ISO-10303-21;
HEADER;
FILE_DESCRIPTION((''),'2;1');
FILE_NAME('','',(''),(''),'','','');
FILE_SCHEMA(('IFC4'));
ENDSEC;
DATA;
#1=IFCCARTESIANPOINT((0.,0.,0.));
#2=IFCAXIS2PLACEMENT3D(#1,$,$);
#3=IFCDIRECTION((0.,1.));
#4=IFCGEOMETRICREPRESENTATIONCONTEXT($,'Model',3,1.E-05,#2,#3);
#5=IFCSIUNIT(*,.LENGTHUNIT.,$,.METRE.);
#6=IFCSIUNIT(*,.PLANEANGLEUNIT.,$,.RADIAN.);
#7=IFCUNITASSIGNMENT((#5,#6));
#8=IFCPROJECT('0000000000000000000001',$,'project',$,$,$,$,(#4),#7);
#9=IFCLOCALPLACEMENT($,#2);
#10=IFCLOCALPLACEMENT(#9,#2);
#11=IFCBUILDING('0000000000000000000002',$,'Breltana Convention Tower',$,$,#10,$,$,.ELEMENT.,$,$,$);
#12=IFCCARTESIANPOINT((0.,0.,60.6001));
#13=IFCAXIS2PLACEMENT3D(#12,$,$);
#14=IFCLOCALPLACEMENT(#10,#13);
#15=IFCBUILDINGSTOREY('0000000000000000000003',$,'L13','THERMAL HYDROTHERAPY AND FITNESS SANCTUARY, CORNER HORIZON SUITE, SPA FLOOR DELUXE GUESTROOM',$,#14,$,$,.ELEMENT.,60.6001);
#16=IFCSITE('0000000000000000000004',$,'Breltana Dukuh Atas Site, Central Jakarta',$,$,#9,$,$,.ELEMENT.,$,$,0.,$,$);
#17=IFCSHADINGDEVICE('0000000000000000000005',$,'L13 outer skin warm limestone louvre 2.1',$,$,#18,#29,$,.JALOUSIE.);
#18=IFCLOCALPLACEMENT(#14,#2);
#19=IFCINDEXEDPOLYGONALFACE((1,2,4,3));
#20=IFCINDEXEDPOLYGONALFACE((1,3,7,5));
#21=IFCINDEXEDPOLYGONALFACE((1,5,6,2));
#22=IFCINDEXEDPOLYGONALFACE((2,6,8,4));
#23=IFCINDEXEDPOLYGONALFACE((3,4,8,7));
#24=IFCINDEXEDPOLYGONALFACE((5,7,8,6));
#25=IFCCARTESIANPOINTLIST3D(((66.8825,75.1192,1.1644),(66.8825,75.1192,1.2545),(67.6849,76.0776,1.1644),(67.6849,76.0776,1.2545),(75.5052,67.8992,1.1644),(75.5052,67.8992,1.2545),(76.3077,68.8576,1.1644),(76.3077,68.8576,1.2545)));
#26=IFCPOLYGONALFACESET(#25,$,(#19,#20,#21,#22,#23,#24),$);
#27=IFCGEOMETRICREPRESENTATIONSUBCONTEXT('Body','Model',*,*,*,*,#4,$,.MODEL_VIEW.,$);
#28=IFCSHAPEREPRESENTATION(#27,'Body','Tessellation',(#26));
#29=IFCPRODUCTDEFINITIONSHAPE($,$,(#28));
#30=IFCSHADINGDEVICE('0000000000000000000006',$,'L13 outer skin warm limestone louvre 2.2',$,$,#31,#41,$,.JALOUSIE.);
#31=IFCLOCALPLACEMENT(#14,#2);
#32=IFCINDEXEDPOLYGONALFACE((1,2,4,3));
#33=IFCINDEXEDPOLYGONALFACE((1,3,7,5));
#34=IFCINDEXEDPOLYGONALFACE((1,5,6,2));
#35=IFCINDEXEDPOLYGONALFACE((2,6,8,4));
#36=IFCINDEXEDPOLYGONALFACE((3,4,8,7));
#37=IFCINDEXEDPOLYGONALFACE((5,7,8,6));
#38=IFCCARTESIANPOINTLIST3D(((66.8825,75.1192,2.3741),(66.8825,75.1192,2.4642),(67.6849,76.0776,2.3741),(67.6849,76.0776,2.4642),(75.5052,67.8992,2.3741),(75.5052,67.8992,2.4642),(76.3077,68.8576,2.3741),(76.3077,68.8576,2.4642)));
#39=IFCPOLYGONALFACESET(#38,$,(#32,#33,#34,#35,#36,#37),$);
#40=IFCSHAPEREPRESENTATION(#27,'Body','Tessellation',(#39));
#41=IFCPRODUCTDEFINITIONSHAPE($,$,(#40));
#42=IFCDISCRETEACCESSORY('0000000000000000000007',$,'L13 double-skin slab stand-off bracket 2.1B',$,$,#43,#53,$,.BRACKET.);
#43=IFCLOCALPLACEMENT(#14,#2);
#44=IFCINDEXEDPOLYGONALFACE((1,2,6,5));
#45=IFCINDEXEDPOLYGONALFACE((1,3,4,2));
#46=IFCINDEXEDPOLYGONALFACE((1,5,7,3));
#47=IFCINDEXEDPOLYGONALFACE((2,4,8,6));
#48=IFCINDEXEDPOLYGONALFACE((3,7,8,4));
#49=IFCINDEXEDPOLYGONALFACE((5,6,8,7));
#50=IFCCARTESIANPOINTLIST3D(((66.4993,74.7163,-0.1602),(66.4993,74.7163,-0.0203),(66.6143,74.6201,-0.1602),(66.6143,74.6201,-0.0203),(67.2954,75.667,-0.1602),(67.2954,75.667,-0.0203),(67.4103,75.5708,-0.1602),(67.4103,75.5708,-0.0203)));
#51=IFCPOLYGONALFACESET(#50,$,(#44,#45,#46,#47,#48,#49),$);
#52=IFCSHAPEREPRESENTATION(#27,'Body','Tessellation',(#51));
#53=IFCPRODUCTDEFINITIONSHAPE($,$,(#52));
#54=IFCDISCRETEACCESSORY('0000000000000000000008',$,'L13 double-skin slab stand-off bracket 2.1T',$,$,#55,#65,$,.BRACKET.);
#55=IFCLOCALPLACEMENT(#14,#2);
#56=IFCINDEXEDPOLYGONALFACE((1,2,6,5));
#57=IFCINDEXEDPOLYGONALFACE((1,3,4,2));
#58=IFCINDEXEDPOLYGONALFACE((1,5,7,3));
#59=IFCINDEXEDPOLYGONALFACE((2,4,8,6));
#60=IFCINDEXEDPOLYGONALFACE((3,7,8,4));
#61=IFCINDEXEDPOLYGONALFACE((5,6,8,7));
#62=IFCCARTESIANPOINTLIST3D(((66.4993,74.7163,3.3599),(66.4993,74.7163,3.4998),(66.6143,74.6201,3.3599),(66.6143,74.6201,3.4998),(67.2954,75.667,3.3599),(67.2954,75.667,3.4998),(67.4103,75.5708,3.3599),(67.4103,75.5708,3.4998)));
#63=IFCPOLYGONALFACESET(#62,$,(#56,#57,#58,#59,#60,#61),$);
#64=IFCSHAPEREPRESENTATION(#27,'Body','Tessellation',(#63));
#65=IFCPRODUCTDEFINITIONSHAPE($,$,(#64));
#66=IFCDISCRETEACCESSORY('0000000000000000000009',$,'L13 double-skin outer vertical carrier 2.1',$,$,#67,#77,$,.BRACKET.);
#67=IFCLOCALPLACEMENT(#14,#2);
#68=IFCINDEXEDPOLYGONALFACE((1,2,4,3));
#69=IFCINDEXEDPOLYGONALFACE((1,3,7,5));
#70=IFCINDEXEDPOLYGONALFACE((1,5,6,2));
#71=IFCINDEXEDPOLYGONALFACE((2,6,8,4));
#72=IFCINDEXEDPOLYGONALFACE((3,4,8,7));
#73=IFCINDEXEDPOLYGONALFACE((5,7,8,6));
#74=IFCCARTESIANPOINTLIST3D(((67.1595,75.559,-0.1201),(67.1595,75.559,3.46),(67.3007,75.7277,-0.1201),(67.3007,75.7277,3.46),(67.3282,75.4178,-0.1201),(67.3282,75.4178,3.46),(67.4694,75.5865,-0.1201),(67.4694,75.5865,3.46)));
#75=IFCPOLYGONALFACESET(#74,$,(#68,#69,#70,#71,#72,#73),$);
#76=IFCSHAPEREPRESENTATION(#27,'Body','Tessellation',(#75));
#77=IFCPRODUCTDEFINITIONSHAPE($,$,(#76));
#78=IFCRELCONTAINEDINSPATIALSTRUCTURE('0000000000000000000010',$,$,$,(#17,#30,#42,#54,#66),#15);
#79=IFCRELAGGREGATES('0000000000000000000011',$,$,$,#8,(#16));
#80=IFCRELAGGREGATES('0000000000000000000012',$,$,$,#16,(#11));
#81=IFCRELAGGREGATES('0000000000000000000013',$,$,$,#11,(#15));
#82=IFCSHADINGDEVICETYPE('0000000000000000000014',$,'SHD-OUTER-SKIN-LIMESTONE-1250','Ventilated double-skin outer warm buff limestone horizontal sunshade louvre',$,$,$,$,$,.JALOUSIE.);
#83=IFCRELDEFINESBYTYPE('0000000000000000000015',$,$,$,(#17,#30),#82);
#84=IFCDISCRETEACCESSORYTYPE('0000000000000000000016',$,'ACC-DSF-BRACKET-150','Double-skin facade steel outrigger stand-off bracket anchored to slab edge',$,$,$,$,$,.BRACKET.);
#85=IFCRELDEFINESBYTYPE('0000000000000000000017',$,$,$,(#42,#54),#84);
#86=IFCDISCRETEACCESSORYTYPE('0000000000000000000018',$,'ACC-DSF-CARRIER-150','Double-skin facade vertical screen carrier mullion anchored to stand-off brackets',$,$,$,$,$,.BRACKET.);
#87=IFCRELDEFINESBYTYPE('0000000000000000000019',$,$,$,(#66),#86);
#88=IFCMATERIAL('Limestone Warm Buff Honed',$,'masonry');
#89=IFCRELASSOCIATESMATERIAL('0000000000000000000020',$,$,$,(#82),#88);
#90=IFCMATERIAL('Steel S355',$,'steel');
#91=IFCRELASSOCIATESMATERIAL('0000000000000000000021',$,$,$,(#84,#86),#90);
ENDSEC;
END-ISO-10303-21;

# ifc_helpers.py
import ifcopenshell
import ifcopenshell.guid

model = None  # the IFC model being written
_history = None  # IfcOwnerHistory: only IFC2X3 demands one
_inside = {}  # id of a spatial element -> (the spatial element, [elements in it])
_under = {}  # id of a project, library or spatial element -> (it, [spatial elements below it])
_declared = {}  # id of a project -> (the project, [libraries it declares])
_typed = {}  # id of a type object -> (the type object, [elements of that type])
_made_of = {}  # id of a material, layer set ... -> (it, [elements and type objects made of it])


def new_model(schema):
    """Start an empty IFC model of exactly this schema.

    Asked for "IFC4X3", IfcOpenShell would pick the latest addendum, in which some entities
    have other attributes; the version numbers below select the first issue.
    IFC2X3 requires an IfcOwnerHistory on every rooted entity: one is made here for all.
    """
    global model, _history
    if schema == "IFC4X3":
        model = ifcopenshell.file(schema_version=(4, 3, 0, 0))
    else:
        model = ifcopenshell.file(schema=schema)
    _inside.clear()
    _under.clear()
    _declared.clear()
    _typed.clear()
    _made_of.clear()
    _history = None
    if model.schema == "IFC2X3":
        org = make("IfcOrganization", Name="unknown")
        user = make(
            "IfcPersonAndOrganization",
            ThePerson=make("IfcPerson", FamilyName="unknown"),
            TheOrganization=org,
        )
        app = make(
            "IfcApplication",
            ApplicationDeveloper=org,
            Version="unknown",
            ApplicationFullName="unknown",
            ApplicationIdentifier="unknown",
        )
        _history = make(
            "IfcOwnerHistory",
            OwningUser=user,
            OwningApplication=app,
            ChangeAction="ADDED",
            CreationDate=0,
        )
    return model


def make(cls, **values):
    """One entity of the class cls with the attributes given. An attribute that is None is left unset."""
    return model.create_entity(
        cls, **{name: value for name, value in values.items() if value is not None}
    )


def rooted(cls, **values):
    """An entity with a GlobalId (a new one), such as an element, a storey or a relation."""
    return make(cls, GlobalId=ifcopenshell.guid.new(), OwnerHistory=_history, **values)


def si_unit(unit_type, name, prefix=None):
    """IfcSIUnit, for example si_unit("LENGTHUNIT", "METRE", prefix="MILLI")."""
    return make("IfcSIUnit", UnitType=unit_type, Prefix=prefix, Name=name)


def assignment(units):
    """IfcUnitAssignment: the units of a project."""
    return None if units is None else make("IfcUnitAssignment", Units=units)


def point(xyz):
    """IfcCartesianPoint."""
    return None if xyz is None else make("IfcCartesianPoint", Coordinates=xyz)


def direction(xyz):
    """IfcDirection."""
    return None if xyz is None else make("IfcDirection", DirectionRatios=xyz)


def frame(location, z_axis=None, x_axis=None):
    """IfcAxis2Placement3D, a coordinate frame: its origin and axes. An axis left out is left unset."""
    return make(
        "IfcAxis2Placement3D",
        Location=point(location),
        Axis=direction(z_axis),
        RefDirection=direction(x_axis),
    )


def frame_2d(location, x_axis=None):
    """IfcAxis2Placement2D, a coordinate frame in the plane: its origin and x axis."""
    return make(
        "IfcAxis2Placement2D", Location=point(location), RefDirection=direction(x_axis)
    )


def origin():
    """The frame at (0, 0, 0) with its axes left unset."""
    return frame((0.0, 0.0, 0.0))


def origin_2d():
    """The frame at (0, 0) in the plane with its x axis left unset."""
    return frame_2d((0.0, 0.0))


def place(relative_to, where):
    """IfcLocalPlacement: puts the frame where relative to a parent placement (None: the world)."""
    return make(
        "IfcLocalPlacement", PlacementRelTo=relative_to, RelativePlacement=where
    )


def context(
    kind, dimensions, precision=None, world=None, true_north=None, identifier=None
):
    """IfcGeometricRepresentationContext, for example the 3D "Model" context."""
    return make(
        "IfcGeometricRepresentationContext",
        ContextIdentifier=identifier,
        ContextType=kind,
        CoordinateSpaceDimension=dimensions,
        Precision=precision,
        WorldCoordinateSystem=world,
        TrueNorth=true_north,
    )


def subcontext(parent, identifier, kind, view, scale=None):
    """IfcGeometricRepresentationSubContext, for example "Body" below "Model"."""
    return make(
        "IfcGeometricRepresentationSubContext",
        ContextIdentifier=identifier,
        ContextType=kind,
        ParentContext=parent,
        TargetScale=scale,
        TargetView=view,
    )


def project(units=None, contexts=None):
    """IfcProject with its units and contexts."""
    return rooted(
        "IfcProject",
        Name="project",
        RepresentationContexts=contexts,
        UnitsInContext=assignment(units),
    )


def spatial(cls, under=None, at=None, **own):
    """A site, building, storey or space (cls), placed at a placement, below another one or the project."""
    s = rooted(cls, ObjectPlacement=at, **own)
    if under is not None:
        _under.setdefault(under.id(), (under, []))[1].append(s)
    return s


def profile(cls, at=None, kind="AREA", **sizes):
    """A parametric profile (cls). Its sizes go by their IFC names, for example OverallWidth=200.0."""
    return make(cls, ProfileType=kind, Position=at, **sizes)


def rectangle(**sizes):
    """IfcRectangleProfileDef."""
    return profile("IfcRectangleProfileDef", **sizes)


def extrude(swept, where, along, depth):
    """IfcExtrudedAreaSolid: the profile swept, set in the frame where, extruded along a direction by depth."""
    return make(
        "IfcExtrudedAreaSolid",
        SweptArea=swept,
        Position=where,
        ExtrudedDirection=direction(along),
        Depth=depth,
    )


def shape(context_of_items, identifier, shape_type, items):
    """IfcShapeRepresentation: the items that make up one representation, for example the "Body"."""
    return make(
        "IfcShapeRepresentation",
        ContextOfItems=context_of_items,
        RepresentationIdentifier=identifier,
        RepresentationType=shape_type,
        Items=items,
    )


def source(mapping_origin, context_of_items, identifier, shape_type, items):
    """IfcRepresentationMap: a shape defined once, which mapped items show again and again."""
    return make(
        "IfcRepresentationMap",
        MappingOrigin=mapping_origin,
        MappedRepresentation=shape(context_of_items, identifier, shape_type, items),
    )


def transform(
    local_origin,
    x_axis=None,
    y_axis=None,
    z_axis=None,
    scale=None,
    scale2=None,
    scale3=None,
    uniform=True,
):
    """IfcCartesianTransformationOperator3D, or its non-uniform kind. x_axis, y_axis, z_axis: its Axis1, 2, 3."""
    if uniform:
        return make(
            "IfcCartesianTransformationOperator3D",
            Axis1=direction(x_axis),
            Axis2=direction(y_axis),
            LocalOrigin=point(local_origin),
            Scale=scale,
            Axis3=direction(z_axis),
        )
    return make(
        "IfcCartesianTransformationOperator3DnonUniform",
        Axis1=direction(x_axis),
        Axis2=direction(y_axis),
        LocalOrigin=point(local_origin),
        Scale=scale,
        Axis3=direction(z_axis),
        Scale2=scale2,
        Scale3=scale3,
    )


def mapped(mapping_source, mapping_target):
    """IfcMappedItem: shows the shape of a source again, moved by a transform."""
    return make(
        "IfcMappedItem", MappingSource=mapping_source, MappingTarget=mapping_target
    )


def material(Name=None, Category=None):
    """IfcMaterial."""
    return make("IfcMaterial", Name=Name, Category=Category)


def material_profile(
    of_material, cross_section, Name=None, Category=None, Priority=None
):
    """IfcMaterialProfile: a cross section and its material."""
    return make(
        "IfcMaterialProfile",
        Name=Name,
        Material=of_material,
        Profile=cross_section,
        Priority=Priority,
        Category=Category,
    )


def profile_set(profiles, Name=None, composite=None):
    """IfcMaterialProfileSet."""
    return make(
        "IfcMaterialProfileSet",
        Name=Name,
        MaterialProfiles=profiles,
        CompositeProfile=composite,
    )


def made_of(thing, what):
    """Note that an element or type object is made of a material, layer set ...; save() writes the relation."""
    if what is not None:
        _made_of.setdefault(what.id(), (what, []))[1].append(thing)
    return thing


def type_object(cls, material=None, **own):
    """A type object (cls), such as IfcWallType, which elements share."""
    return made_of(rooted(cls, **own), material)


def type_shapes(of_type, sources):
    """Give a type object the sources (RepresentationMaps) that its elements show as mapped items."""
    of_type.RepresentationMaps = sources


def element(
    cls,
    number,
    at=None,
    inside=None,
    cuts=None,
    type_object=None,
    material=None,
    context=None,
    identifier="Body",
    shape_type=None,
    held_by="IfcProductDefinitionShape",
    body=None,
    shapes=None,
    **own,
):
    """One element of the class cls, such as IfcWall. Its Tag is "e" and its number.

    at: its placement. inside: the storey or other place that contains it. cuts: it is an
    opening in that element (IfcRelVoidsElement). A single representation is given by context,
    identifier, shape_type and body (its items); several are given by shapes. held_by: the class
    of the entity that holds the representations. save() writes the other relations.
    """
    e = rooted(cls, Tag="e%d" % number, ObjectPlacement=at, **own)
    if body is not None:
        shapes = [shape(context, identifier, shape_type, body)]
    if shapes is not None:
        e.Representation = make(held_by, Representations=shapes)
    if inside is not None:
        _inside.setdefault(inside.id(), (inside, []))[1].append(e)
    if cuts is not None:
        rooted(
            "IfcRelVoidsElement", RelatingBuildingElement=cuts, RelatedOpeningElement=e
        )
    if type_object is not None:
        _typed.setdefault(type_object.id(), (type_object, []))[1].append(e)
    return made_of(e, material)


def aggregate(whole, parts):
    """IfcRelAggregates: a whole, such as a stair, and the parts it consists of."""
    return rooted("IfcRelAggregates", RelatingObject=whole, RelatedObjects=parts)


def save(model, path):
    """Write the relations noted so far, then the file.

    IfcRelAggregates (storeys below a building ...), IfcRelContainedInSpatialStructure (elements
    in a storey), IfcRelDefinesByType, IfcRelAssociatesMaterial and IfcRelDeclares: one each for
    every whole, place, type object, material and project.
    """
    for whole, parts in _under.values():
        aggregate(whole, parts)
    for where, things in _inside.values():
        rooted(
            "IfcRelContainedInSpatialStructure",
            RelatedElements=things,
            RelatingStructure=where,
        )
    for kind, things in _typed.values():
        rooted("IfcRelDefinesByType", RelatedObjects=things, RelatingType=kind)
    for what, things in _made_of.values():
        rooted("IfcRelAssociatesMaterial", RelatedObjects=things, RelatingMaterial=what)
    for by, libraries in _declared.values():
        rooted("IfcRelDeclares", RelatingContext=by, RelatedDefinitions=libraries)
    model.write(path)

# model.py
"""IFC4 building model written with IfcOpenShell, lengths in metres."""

from ifc_helpers import new_model, si_unit, direction, frame, origin, origin_2d, place, context, subcontext, project, spatial, rectangle, extrude, source, transform, mapped, material, material_profile, profile_set, type_object, type_shapes, element, save


model = new_model("IFC4")

# Units and contexts
model_context = context("Model", 3, precision=1e-05, world=origin(), true_north=direction((0.0, 1.0)))
body_context = subcontext(model_context, "Body", "Model", "MODEL_VIEW")
ifc_project = project(units=[si_unit("LENGTHUNIT", "METRE"), si_unit("PLANEANGLEUNIT", "RADIAN")], contexts=[model_context])

# Site, building, storey
site_placement = place(None, origin())
site = spatial("IfcSite", under=ifc_project, at=site_placement, Name="Breltana Dukuh Atas Site, Central Jakarta", CompositionType="ELEMENT", RefElevation=0.0)
building_placement = place(site_placement, origin())
building = spatial("IfcBuilding", under=site, at=building_placement, Name="Breltana Convention Tower", CompositionType="ELEMENT")
storey_placement = place(building_placement, frame((0.0, 0.0, 60.6001)))
storey = spatial("IfcBuildingStorey", under=building, at=storey_placement, Name="L13", Description="THERMAL HYDROTHERAPY AND FITNESS SANCTUARY, CORNER HORIZON SUITE, SPA FLOOR DELUXE GUESTROOM", CompositionType="ELEMENT", Elevation=60.6001)

# Shading devices
ifc_material_1 = material(Name="Limestone Warm Buff Honed", Category="masonry")
ifc_material_profile_1 = material_profile(ifc_material_1, rectangle(XDim=1.25, YDim=0.0901, at=origin_2d()), Name="STN-LVR-1250X90")
ifc_profile_set_1 = profile_set([ifc_material_profile_1], Name="Limestone Warm Buff Honed")
shading_device_type = type_object("IfcShadingDeviceType", Name="SHD-OUTER-SKIN-LIMESTONE-1250", Description="Ventilated double-skin outer warm buff limestone horizontal sunshade louvre", PredefinedType="JALOUSIE", material=ifc_profile_set_1)
shared_shape_1 = source(origin(), body_context, "Body", "SweptSolid", [
    extrude(rectangle(XDim=1.25, YDim=0.0901, at=origin_2d()), origin(), (0.0, 0.0, 1.0), 11.2463),
])
for number, where, z_axis, x_axis, name in (
    (1, (67.2837, 75.5984, 1.2095), (0.766719, -0.641983, 0.0), (0.641983, 0.766719, 0.0), "L13 outer skin warm limestone louvre 2.1"),
    (2, (67.2837, 75.5984, 2.4192), (0.766719, -0.641983, 0.0), (0.641983, 0.766719, 0.0), "L13 outer skin warm limestone louvre 2.2"),
):
    element("IfcShadingDevice", number, at=place(storey_placement, frame(where, z_axis=z_axis, x_axis=x_axis)), inside=storey, type_object=shading_device_type, Name=name, PredefinedType="JALOUSIE", context=body_context, shape_type="MappedRepresentation", body=[
        mapped(shared_shape_1, transform((0.0, 0.0, 0.0), scale=1.0)),
    ])

# Discrete accessories
ifc_material_2 = material(Name="Steel S355", Category="steel")
discrete_accessory_type_1 = type_object("IfcDiscreteAccessoryType", Name="ACC-DSF-BRACKET-150", Description="Double-skin facade steel outrigger stand-off bracket anchored to slab edge", PredefinedType="BRACKET", material=ifc_material_2)
shared_shape_2 = source(origin(), body_context, "Body", "SweptSolid", [
    extrude(rectangle(XDim=1.24, YDim=0.1499, at=origin_2d()), origin(), (0.0, 0.0, 1.0), 0.1399),
])
type_shapes(discrete_accessory_type_1, [shared_shape_2])
for number, where, z_axis, x_axis, name in (
    (3, (66.9548, 75.1436, -0.1602), (0.0, 0.0, 1.0), (0.64199, 0.766713, 0.0), "L13 double-skin slab stand-off bracket 2.1B"),
    (4, (66.9548, 75.1436, 3.3599), (0.0, 0.0, 1.0), (0.64199, 0.766713, 0.0), "L13 double-skin slab stand-off bracket 2.1T"),
):
    element("IfcDiscreteAccessory", number, at=place(storey_placement, frame(where, z_axis=z_axis, x_axis=x_axis)), inside=storey, type_object=discrete_accessory_type_1, Name=name, PredefinedType="BRACKET", context=body_context, shape_type="MappedRepresentation", body=[
        mapped(shared_shape_2, transform((0.0, 0.0, 0.0), scale=1.0)),
    ])
discrete_accessory_type_2 = type_object("IfcDiscreteAccessoryType", Name="ACC-DSF-CARRIER-150", Description="Double-skin facade vertical screen carrier mullion anchored to stand-off brackets", PredefinedType="BRACKET", material=ifc_material_2)
shared_shape_3 = source(origin(), body_context, "Body", "SweptSolid", [
    extrude(rectangle(XDim=0.22, YDim=0.22, at=origin_2d()), origin(), (0.0, 0.0, 1.0), 3.5801),
])
discrete_accessory_placement = place(storey_placement, frame((67.3145, 75.5728, -0.1201), z_axis=(0.0, 0.0, 1.0), x_axis=(0.64199, 0.766713, 0.0)))
element("IfcDiscreteAccessory", 5, at=discrete_accessory_placement, inside=storey, type_object=discrete_accessory_type_2, Name="L13 double-skin outer vertical carrier 2.1", PredefinedType="BRACKET", context=body_context, shape_type="MappedRepresentation", body=[
    mapped(shared_shape_3, transform((0.0, 0.0, 0.0), scale=1.0)),
])

save(model, "model.ifc")
